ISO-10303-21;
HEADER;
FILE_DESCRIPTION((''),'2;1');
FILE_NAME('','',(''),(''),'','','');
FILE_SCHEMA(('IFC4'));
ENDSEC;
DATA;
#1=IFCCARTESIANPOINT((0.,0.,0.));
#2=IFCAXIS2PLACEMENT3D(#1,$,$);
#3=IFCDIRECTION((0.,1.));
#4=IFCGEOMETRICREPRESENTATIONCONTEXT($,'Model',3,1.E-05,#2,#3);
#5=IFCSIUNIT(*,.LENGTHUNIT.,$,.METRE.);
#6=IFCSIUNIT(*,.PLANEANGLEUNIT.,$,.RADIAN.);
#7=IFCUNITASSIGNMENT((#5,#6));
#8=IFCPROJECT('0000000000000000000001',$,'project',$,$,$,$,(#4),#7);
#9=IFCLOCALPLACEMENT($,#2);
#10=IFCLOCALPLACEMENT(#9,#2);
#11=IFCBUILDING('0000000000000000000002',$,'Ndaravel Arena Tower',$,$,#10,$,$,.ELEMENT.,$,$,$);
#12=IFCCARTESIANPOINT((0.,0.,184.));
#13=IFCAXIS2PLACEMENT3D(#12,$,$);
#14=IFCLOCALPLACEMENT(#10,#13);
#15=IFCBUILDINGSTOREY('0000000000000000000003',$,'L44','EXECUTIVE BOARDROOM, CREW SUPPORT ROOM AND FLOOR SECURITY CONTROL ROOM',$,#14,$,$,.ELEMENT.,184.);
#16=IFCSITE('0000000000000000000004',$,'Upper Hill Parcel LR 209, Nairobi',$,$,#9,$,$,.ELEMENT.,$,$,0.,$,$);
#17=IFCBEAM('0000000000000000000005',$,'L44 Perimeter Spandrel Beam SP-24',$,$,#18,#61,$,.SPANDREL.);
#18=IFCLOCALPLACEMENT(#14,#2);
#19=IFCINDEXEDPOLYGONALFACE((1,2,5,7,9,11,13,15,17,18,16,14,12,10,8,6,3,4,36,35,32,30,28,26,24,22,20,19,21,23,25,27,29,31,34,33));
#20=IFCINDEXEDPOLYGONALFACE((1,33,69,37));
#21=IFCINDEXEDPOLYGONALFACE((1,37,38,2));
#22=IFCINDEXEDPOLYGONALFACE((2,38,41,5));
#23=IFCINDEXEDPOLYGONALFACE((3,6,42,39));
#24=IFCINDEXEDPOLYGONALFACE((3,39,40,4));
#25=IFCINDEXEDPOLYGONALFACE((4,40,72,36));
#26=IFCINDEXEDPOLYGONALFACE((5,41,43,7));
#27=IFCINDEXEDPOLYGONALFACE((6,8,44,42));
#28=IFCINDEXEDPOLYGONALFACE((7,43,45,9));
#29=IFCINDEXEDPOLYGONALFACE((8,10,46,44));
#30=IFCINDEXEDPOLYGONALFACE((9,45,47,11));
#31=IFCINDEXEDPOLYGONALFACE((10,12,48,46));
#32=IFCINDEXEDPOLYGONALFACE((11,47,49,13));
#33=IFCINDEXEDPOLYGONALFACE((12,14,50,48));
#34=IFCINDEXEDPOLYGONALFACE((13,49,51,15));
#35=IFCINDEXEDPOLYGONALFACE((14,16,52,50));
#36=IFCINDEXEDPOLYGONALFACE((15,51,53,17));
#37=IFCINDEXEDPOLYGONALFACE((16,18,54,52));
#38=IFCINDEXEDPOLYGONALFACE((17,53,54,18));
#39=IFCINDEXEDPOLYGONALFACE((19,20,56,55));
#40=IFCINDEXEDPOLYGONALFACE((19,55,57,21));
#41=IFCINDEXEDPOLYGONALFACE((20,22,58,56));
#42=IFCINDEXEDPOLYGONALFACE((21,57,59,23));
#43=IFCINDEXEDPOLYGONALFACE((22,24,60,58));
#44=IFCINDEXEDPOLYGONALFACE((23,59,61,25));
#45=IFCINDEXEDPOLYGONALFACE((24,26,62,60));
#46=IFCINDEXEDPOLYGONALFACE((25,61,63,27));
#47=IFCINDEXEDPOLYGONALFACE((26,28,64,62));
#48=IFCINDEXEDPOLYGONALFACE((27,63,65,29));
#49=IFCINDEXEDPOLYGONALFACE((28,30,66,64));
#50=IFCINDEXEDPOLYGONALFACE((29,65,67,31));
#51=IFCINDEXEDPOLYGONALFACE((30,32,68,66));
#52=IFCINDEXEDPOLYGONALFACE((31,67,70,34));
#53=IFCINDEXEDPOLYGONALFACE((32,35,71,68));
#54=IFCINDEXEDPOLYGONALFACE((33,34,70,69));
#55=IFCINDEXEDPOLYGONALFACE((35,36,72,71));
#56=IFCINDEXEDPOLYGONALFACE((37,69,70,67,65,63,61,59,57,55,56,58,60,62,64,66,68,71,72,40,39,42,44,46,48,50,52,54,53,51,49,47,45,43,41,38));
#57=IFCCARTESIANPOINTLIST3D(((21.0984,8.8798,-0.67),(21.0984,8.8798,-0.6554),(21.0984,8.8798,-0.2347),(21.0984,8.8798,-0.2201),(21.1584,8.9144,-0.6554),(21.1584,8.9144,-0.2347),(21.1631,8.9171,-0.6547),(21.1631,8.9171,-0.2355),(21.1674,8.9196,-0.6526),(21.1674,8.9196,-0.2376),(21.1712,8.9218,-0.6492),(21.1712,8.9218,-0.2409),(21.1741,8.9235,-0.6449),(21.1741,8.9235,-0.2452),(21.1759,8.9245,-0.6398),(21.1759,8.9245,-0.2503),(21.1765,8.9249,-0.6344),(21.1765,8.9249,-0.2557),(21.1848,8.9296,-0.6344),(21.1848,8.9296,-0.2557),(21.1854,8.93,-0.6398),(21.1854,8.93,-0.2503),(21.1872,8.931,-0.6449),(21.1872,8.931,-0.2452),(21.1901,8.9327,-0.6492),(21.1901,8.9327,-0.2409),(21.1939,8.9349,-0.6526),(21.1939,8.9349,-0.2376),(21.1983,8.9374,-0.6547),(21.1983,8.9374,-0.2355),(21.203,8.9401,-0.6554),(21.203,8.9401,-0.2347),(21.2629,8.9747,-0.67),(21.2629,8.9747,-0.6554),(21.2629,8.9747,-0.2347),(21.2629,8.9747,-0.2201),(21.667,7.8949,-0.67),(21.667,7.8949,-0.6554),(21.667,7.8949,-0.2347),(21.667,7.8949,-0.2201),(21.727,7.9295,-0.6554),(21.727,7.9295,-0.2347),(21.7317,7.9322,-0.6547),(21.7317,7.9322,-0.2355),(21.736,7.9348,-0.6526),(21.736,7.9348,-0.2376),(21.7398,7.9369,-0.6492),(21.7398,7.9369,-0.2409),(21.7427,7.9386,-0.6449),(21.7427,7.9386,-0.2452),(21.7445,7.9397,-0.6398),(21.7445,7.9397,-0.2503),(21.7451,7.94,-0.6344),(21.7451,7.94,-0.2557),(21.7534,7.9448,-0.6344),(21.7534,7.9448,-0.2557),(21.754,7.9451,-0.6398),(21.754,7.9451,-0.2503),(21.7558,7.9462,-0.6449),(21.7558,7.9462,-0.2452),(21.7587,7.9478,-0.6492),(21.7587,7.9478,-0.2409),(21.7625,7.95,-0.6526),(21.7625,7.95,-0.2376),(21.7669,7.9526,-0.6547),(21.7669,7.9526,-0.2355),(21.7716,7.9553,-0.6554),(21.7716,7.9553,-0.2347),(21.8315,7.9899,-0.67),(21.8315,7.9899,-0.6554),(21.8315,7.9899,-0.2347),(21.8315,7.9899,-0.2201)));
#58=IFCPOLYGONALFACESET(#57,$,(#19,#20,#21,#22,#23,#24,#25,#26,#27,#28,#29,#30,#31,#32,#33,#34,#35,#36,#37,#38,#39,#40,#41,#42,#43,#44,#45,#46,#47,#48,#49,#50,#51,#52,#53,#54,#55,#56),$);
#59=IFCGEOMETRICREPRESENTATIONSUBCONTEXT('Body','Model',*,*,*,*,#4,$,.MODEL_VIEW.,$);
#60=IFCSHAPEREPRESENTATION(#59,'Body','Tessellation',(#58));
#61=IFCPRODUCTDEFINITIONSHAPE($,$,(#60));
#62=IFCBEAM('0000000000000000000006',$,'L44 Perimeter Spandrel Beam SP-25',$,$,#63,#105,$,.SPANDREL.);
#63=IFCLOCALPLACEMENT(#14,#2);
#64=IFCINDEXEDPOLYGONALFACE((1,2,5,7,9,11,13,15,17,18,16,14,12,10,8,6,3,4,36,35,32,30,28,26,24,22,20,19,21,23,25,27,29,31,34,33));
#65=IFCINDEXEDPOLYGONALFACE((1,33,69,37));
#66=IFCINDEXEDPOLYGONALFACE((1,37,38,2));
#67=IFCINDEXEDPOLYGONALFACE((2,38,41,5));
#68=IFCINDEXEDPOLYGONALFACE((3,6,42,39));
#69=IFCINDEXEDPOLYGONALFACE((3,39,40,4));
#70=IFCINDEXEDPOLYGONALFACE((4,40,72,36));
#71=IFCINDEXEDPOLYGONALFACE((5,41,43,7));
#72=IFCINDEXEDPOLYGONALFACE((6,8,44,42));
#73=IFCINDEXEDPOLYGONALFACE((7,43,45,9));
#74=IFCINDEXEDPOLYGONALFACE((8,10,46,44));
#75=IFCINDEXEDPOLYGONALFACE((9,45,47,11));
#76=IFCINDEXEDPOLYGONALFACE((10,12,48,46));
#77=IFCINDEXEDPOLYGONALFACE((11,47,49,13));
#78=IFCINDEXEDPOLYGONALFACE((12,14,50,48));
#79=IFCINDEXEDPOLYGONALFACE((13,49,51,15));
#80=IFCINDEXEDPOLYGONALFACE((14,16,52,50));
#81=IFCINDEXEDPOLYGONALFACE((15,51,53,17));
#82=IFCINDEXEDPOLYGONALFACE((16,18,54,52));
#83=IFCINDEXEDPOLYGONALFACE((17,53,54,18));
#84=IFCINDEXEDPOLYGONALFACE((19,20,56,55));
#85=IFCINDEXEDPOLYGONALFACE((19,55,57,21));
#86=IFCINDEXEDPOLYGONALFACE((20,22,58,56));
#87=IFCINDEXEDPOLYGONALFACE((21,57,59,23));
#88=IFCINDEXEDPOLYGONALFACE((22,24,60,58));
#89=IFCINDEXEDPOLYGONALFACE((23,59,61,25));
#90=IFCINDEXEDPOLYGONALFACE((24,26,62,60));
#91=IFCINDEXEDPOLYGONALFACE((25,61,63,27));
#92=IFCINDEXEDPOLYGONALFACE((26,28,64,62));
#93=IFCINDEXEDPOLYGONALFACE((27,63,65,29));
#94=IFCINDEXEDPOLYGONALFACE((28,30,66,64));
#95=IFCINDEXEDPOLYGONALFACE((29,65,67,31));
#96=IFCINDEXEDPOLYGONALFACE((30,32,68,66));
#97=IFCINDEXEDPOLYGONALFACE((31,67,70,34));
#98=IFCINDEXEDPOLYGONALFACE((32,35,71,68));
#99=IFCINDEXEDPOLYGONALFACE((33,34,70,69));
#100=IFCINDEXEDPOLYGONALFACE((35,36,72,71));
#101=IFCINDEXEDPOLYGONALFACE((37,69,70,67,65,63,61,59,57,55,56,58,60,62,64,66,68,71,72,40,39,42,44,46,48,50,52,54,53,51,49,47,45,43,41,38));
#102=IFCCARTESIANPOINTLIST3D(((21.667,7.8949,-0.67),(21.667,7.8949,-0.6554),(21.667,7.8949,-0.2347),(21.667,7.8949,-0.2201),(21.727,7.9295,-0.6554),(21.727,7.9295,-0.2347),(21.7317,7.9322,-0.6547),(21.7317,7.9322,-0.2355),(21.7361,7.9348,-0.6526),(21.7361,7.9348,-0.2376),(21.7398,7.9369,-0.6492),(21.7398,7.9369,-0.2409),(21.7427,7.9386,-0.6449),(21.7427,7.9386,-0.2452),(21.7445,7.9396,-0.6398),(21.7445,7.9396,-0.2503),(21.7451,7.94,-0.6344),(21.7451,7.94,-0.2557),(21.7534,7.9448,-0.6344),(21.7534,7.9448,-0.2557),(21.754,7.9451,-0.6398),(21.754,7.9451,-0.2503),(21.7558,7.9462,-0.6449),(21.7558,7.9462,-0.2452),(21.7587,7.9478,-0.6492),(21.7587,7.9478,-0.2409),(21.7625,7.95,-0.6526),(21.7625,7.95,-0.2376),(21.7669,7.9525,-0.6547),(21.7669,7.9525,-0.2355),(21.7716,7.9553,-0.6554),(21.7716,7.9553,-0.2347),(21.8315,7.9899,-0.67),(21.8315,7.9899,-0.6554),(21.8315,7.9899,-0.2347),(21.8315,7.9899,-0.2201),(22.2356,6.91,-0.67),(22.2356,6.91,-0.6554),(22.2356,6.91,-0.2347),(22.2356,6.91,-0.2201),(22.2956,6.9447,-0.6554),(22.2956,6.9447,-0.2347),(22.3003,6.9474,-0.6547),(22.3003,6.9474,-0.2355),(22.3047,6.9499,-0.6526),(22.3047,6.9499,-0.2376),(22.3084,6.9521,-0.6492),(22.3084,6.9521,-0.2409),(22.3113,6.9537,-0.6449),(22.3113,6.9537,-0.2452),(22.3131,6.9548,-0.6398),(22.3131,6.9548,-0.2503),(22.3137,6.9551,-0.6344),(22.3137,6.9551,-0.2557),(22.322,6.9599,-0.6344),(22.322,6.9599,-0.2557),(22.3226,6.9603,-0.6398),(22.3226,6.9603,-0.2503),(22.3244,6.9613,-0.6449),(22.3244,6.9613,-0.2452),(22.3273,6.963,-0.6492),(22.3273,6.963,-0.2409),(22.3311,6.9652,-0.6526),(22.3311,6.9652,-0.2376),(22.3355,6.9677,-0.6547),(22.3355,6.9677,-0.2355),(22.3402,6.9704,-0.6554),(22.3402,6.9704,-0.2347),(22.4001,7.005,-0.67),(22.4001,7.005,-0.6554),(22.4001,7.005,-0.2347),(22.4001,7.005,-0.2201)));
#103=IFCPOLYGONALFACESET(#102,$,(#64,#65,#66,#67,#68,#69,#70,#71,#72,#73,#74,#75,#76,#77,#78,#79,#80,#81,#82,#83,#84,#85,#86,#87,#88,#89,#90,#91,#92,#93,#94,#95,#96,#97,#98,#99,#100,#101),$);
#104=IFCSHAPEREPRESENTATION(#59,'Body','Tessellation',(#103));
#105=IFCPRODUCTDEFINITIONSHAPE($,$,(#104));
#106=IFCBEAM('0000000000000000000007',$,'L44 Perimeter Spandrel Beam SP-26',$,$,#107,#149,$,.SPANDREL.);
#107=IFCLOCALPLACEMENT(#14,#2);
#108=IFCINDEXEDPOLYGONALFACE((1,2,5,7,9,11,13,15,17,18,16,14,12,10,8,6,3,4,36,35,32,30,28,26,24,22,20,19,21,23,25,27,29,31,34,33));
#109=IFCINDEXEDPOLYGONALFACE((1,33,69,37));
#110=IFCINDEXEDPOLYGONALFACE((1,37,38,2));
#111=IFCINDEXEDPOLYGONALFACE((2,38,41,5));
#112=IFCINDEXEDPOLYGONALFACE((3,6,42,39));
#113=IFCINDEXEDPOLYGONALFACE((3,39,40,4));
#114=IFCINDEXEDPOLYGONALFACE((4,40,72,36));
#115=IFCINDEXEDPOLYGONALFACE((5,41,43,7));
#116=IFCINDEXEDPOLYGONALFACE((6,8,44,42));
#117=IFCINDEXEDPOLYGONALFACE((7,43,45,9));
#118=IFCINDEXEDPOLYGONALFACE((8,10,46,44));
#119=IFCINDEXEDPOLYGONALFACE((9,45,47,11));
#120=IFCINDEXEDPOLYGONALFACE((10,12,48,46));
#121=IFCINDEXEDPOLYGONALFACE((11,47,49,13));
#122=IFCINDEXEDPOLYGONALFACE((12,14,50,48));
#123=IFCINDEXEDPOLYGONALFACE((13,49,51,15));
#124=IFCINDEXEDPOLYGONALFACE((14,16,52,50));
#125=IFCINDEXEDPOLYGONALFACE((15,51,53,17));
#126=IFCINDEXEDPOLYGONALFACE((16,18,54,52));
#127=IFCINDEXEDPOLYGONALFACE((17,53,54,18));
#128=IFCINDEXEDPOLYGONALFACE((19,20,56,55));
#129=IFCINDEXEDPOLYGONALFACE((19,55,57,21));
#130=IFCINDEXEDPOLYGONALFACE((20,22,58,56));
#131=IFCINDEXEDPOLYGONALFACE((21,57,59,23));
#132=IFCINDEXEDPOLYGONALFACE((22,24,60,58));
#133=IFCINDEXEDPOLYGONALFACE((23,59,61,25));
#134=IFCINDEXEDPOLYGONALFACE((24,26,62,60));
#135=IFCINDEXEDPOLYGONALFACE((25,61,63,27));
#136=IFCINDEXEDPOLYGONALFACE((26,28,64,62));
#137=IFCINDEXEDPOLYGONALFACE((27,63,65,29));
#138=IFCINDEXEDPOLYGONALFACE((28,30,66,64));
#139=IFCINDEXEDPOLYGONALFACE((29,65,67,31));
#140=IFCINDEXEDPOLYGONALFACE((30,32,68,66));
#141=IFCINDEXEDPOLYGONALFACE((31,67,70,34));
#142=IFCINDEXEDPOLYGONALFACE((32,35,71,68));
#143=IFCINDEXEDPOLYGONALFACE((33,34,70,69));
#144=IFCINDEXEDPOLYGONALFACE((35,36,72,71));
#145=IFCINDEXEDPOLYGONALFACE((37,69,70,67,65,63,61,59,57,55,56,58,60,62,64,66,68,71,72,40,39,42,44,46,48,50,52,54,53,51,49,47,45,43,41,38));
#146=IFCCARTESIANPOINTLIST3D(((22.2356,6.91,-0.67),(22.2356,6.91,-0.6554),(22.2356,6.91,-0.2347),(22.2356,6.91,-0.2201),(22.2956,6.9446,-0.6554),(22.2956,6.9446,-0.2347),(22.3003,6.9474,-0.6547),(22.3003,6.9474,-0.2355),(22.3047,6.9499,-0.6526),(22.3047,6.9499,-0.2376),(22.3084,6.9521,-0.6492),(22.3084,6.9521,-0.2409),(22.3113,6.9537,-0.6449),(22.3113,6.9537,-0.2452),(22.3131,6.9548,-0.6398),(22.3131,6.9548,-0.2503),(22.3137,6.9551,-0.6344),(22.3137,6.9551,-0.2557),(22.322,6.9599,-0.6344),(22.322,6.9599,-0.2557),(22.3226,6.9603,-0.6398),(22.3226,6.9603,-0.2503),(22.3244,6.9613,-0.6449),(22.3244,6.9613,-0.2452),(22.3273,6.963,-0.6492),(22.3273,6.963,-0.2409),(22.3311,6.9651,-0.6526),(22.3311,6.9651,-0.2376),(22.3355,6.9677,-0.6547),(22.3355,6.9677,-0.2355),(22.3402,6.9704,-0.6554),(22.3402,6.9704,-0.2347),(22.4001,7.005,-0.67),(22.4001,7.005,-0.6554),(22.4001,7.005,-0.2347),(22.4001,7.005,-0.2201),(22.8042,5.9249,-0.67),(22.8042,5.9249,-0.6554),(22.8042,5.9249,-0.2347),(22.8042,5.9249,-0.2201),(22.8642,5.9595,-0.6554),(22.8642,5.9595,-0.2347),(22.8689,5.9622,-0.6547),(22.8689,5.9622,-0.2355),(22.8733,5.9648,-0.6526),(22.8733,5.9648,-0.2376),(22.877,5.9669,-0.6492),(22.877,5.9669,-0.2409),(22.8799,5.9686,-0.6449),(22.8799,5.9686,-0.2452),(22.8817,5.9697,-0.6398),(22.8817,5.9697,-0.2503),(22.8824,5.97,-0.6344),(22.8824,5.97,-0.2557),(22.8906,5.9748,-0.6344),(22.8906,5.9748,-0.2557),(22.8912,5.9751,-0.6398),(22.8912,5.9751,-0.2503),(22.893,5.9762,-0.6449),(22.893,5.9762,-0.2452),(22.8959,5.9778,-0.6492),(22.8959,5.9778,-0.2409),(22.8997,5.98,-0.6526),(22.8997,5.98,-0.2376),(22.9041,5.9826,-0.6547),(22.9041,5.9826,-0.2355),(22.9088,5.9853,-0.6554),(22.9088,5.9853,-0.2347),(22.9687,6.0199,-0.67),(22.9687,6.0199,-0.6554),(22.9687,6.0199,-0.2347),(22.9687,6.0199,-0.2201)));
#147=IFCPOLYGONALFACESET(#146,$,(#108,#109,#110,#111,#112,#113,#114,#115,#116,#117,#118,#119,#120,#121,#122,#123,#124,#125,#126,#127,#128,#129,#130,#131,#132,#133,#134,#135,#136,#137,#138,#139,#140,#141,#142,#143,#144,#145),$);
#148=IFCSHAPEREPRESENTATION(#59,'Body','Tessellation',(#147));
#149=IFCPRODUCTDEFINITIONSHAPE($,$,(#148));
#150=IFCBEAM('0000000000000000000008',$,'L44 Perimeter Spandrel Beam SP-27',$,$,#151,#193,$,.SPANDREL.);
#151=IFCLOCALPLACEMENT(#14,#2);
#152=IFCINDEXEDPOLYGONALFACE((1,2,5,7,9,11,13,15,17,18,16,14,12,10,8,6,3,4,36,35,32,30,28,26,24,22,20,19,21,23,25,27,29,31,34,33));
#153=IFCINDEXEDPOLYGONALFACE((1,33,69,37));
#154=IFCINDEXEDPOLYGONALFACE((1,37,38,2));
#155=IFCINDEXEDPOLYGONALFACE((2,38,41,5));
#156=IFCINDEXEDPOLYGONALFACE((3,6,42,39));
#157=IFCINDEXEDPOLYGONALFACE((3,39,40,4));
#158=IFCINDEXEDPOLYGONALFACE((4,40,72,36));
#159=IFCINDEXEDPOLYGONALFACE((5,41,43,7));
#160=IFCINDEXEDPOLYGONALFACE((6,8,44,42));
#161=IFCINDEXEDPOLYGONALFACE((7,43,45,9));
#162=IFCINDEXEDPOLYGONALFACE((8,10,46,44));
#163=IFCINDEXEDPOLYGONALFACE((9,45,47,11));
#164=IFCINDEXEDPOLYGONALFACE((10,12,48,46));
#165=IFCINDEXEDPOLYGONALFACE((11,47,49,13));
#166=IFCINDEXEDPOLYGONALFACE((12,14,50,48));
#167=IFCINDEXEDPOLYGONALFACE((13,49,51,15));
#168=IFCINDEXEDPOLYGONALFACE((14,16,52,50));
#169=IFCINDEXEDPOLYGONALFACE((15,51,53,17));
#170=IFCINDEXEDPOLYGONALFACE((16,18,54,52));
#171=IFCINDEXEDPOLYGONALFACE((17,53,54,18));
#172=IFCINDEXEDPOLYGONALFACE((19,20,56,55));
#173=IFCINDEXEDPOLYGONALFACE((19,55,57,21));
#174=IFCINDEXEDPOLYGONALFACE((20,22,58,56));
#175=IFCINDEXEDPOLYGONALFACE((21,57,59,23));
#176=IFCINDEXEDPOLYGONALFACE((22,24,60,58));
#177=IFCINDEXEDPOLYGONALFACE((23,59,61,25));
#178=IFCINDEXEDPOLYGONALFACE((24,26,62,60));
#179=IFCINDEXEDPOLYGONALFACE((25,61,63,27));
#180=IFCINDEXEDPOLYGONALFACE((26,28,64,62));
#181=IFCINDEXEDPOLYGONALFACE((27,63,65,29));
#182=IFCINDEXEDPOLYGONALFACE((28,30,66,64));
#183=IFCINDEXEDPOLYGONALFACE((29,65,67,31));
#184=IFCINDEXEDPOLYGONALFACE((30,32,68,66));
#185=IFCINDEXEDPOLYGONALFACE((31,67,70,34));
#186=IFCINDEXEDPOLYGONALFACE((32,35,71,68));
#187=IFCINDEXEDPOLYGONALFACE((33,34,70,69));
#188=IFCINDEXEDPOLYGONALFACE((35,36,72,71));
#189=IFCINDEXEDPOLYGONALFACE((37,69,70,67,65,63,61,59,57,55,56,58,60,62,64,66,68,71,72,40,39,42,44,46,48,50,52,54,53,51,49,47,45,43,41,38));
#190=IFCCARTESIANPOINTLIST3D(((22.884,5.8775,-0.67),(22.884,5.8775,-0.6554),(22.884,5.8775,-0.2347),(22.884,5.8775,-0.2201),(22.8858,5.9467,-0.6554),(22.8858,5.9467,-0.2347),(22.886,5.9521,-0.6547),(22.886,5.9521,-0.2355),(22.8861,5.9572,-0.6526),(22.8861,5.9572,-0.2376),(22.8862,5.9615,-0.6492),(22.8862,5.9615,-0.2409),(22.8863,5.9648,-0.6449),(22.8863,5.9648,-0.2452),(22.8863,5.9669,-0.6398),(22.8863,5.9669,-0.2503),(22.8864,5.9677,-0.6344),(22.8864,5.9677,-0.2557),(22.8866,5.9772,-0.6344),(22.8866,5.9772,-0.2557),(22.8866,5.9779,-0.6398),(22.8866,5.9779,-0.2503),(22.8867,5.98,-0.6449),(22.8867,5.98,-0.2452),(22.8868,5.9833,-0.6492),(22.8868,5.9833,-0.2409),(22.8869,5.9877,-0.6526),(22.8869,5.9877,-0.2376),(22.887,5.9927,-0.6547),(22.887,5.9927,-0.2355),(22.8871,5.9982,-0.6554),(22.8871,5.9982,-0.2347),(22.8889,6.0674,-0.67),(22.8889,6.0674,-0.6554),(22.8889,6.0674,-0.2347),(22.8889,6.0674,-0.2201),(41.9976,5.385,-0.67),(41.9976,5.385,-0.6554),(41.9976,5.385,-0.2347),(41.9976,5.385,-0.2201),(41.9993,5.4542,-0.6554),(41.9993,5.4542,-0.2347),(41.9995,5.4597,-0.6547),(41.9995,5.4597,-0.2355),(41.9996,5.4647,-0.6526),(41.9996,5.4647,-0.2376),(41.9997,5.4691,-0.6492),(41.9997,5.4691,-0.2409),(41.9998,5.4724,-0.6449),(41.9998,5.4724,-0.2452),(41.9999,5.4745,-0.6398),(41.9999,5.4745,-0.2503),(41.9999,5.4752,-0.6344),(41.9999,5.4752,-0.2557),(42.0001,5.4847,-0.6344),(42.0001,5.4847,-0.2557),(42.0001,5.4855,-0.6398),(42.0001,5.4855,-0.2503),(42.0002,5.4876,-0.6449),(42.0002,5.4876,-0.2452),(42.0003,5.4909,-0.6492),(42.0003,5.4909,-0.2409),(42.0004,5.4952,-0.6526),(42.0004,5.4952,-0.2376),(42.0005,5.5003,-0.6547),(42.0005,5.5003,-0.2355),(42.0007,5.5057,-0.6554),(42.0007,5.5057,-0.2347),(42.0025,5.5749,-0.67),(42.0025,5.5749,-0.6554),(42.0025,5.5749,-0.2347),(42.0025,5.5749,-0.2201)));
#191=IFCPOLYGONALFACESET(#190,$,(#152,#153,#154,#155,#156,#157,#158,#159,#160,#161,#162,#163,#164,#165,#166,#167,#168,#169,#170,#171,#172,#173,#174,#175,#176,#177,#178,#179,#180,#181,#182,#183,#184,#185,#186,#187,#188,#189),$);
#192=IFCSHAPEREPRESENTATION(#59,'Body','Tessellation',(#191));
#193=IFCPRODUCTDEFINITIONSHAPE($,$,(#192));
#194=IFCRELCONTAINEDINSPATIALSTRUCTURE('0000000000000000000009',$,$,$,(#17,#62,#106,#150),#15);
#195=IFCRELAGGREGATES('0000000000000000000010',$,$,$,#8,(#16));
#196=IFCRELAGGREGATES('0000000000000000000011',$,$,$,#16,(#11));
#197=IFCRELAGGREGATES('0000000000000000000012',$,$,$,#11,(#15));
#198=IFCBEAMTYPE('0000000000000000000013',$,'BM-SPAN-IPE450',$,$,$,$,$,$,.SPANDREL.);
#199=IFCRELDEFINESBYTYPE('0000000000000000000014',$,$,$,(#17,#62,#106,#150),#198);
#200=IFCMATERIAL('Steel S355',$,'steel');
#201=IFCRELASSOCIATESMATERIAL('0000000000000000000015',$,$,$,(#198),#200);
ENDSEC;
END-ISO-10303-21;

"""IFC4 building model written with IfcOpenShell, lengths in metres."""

from ifc_helpers import new_model, si_unit, direction, frame, origin, origin_2d, place, context, subcontext, project, spatial, i_section, extrude, material, material_profile, profile_set, type_object, element, save


model = new_model("IFC4")

# Units and contexts
model_context = context("Model", 3, precision=1e-05, world=origin(), true_north=direction((0.0, 1.0)))
body_context = subcontext(model_context, "Body", "Model", "MODEL_VIEW")
ifc_project = project(units=[si_unit("LENGTHUNIT", "METRE"), si_unit("PLANEANGLEUNIT", "RADIAN")], contexts=[model_context])

# Site, building, storey
site_placement = place(None, origin())
site = spatial("IfcSite", under=ifc_project, at=site_placement, Name="Upper Hill Parcel LR 209, Nairobi", CompositionType="ELEMENT", RefElevation=0.0)
building_placement = place(site_placement, origin())
building = spatial("IfcBuilding", under=site, at=building_placement, Name="Ndaravel Arena Tower", CompositionType="ELEMENT")
storey_placement = place(building_placement, frame((0.0, 0.0, 184.0)))
storey = spatial("IfcBuildingStorey", under=building, at=storey_placement, Name="L44", Description="EXECUTIVE BOARDROOM, CREW SUPPORT ROOM AND FLOOR SECURITY CONTROL ROOM", CompositionType="ELEMENT", Elevation=184.0)

# Beams
ifc_material_1 = material(Name="Steel S355", Category="steel")
ifc_material_profile_1 = material_profile(ifc_material_1, i_section(OverallWidth=0.1899, OverallDepth=0.45, WebThickness=0.0095, FlangeThickness=0.0146, FilletRadius=0.021, at=origin_2d()), Name="IPE 450")
ifc_profile_set_1 = profile_set([ifc_material_profile_1], Name="Steel S355")
beam_type = type_object("IfcBeamType", Name="BM-SPAN-IPE450", PredefinedType="SPANDREL", material=ifc_profile_set_1)
for number, where, z_axis, x_axis, name in (
    (1, (21.1807, 8.9272, -0.4451), (0.499995, -0.866028, 0.0), (0.866028, 0.499995, 0.0), "L44 Perimeter Spandrel Beam SP-24"),
    (2, (21.7493, 7.9424, -0.4451), (0.499995, -0.866028, 0.0), (0.866028, 0.499995, 0.0), "L44 Perimeter Spandrel Beam SP-25"),
):
    element("IfcBeam", number, at=place(storey_placement, frame(where, z_axis=z_axis, x_axis=x_axis)), inside=storey, type_object=beam_type, Name=name, PredefinedType="SPANDREL", context=body_context, shape_type="SweptSolid", body=[
        extrude(i_section(OverallWidth=0.1899, OverallDepth=0.45, WebThickness=0.0095, FlangeThickness=0.0146, FilletRadius=0.021, at=origin_2d()), origin(), (0.0, 0.0, 1.0), 1.1372),
    ])
beam_1_placement = place(storey_placement, frame((22.3179, 6.9575, -0.4451), z_axis=(0.499902, -0.866082, 0.0), x_axis=(0.866082, 0.499902, 0.0)))
element("IfcBeam", 3, at=beam_1_placement, inside=storey, type_object=beam_type, Name="L44 Perimeter Spandrel Beam SP-26", PredefinedType="SPANDREL", context=body_context, shape_type="SweptSolid", body=[
    extrude(i_section(OverallWidth=0.1899, OverallDepth=0.45, WebThickness=0.0095, FlangeThickness=0.0146, FilletRadius=0.021, at=origin_2d()), origin(), (0.0, 0.0, 1.0), 1.1375),
])
beam_2_placement = place(storey_placement, frame((22.8865, 5.9724, -0.4451), z_axis=(0.999668, -0.025755, 0.0), x_axis=(0.025755, 0.999668, 0.0)))
element("IfcBeam", 4, at=beam_2_placement, inside=storey, type_object=beam_type, Name="L44 Perimeter Spandrel Beam SP-27", PredefinedType="SPANDREL", context=body_context, shape_type="SweptSolid", body=[
    extrude(i_section(OverallWidth=0.1899, OverallDepth=0.45, WebThickness=0.0095, FlangeThickness=0.0146, FilletRadius=0.021, at=origin_2d()), origin(), (0.0, 0.0, 1.0), 19.1199),
])

save(model, "model.ifc")
